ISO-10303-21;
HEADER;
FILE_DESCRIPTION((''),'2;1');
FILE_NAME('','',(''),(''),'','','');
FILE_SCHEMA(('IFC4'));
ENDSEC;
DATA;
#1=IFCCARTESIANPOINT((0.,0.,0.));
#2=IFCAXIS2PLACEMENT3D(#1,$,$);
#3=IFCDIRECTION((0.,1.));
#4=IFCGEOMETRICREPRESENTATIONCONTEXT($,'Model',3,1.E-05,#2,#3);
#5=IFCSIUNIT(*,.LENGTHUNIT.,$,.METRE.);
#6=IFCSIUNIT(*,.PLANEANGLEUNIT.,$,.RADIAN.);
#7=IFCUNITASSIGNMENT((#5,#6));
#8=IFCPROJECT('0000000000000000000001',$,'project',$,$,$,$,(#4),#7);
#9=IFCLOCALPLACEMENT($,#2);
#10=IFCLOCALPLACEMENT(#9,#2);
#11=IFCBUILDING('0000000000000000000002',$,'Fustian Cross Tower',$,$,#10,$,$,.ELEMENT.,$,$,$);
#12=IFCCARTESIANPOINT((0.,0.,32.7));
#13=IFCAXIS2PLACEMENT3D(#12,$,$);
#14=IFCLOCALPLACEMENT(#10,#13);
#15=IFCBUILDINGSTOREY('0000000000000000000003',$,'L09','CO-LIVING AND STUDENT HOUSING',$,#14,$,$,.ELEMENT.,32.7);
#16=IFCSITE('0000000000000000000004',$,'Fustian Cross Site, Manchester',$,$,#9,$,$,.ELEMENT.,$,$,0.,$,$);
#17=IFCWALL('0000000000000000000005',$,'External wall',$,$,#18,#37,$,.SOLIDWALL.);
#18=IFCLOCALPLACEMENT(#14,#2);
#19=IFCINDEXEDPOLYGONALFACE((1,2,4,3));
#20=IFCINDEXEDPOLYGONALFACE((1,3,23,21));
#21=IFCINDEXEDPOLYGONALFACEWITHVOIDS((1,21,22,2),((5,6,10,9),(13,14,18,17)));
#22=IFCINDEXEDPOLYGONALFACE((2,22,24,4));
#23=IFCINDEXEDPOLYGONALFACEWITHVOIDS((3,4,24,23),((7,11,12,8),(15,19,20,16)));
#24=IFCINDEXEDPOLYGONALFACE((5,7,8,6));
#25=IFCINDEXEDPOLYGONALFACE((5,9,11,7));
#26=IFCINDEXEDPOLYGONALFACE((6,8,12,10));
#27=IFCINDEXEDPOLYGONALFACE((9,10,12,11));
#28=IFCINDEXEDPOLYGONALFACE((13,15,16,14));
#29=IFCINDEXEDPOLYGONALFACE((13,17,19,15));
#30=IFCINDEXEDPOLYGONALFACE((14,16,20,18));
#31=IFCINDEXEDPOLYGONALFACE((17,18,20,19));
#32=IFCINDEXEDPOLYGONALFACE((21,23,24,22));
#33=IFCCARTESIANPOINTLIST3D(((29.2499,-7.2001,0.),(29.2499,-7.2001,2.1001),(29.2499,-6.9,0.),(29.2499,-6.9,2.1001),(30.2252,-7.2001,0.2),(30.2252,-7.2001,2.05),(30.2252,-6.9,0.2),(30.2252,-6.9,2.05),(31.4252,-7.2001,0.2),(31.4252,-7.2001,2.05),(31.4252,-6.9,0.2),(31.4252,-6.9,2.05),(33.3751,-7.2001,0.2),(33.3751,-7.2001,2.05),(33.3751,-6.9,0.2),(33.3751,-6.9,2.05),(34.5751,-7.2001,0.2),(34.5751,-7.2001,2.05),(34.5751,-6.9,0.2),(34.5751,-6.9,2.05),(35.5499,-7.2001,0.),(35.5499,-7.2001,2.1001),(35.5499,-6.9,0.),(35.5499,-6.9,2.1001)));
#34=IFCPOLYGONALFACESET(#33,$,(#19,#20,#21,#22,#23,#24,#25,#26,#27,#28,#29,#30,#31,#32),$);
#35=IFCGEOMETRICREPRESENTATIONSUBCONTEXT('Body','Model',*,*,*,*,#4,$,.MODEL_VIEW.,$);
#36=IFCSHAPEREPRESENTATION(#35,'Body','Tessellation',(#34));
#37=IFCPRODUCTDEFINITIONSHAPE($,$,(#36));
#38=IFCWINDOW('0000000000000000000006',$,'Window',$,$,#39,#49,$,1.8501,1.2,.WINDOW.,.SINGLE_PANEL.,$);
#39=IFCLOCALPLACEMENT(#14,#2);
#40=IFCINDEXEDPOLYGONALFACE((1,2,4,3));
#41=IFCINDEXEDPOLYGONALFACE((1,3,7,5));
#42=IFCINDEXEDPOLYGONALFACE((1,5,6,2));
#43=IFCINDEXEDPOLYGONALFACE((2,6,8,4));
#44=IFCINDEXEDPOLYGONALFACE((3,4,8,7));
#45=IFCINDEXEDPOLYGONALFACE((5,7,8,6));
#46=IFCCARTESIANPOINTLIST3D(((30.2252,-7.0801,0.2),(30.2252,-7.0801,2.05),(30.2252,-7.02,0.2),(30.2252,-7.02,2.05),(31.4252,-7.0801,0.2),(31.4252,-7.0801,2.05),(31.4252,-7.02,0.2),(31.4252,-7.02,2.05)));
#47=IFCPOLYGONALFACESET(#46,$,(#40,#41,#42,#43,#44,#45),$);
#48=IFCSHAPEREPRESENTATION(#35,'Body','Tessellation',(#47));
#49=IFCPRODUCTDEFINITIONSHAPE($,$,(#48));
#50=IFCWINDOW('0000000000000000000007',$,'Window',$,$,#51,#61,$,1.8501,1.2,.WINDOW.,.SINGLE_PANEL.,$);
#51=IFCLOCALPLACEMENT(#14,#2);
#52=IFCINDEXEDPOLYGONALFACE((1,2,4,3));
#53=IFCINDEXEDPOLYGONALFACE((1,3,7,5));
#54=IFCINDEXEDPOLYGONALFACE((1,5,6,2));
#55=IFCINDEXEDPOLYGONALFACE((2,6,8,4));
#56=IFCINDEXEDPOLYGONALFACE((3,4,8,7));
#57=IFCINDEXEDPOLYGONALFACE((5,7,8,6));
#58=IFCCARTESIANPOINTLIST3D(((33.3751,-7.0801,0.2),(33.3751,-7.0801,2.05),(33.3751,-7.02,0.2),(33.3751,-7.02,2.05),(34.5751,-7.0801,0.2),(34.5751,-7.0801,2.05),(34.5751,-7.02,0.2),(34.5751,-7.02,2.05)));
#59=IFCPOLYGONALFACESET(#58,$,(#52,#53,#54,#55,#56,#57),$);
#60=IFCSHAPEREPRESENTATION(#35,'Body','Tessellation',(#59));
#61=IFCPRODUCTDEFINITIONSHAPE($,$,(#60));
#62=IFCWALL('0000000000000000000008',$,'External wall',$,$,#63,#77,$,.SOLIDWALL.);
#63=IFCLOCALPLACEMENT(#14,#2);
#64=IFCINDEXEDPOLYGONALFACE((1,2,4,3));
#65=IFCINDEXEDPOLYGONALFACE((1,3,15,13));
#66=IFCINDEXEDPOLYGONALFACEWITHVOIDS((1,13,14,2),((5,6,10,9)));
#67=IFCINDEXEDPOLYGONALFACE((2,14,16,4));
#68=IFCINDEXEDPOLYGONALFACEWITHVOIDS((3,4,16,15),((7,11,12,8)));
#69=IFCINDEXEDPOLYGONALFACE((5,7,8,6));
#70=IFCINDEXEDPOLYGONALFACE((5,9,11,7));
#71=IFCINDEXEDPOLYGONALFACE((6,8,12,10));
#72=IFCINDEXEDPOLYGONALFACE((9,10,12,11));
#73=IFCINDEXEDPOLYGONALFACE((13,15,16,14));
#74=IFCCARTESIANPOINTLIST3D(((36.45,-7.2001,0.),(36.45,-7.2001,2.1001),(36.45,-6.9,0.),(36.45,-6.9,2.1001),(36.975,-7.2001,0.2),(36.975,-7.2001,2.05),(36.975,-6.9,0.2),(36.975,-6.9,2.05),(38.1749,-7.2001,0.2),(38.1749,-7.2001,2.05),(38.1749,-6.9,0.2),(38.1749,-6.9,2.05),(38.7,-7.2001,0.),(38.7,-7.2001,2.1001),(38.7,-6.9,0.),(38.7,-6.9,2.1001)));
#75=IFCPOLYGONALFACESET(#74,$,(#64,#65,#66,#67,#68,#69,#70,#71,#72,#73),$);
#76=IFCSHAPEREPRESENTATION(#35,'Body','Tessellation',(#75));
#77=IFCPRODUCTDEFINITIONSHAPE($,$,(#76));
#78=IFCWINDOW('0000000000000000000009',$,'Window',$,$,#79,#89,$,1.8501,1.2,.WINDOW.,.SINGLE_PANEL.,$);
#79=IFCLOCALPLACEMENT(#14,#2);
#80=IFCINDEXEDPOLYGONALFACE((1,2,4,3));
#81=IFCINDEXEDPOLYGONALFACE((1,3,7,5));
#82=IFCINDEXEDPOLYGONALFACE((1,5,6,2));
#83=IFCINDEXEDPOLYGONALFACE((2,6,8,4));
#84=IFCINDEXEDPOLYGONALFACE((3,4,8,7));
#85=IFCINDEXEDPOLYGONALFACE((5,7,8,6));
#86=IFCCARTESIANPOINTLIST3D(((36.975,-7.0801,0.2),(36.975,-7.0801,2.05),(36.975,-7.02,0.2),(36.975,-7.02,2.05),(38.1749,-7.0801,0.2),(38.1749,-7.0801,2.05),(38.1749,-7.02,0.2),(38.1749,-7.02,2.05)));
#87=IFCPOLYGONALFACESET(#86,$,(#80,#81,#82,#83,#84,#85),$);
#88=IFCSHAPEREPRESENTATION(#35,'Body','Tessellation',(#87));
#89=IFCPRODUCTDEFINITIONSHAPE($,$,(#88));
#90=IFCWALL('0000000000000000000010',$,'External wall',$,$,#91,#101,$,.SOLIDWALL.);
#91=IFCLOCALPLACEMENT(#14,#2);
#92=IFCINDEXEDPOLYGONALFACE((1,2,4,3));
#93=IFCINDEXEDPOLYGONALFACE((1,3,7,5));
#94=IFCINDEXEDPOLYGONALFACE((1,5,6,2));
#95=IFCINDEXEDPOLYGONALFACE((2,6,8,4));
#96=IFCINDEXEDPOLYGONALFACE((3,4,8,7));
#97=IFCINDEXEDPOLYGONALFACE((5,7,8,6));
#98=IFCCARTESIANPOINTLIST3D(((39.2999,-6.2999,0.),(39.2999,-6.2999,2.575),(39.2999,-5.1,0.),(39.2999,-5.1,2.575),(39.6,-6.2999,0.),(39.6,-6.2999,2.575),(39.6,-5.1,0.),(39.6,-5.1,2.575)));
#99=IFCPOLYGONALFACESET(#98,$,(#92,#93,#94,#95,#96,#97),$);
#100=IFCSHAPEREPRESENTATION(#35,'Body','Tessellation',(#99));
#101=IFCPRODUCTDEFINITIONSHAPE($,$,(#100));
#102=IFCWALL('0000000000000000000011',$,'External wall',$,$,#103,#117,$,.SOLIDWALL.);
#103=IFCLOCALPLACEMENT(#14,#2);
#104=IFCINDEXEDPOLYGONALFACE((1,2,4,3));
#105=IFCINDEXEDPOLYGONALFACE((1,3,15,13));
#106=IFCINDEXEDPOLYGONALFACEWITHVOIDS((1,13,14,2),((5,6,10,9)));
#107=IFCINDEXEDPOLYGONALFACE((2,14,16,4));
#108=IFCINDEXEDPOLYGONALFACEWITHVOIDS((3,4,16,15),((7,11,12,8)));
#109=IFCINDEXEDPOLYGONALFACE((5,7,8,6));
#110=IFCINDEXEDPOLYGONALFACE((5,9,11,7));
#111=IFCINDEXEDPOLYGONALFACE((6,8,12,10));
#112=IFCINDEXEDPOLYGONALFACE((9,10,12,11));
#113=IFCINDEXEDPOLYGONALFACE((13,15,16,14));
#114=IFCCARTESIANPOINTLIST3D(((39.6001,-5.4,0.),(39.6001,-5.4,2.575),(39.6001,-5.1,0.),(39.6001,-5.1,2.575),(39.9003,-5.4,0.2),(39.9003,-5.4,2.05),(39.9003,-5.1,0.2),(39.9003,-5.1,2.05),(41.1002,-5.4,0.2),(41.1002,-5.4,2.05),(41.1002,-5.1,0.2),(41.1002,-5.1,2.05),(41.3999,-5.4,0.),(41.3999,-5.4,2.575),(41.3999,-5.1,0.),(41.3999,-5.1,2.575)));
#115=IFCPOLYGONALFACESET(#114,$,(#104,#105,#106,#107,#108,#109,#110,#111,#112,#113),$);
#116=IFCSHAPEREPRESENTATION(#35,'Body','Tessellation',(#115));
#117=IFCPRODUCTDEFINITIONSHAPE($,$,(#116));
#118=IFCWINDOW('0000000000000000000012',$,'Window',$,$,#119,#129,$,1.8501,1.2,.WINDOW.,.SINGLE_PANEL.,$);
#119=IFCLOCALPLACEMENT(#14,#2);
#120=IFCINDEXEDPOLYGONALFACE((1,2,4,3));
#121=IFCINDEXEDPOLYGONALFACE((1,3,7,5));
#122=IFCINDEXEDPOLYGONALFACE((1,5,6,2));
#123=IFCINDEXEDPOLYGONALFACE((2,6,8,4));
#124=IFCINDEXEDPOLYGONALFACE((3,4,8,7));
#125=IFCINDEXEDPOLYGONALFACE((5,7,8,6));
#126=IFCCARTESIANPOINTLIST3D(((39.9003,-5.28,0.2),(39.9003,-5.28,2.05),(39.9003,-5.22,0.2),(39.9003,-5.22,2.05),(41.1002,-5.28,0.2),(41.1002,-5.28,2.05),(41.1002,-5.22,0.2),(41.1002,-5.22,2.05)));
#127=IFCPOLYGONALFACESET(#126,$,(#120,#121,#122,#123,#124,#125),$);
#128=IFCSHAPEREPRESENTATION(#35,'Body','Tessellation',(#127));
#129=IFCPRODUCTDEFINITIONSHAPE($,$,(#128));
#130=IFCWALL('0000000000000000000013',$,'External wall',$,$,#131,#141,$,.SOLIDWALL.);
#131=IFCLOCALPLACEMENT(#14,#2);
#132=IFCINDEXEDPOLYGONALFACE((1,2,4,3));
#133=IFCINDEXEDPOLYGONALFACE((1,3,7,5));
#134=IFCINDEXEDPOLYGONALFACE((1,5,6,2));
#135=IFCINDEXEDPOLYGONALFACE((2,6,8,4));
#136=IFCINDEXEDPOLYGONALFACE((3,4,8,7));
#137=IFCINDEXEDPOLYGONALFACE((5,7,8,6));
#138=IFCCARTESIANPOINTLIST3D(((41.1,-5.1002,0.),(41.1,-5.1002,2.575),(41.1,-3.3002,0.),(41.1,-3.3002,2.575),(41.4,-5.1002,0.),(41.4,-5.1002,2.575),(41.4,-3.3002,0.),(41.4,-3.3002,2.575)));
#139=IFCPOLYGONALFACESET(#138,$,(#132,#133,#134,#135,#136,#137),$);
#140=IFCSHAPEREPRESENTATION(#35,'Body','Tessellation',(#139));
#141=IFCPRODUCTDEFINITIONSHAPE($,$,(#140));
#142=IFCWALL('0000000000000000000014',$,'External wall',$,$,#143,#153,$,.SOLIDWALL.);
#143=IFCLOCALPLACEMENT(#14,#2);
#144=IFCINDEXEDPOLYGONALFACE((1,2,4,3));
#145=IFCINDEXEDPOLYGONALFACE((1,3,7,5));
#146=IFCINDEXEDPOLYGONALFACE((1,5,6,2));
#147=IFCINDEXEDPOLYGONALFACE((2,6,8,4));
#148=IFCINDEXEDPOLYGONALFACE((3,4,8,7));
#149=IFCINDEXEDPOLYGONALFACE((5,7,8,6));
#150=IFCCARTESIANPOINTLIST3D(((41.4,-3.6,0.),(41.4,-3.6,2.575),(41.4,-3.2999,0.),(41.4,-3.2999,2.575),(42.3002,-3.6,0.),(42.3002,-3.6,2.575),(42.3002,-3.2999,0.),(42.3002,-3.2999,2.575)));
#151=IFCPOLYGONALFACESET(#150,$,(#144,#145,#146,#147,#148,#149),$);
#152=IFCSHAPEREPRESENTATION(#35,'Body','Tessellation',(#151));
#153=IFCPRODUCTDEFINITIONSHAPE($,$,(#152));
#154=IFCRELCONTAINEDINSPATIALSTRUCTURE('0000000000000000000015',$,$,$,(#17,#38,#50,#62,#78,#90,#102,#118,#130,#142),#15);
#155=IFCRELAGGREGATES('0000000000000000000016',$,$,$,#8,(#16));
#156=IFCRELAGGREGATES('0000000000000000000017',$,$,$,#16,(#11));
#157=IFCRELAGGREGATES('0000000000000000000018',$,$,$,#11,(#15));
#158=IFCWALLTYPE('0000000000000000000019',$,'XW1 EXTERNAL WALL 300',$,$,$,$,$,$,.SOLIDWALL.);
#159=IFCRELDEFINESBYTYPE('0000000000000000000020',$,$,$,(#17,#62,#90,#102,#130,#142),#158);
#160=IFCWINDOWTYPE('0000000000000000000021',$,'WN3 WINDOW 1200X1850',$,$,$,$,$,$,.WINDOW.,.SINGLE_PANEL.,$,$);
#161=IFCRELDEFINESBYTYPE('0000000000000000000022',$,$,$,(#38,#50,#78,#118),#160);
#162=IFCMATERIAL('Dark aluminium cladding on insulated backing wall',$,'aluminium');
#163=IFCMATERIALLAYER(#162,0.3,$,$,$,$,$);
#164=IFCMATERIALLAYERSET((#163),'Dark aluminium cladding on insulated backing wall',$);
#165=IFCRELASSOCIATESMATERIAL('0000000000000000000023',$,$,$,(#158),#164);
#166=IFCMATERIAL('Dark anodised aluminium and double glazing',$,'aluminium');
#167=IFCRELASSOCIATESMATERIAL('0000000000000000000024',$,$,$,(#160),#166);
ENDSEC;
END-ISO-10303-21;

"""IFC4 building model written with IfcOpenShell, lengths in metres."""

from ifc_helpers import new_model, si_unit, direction, frame, frame_2d, origin, place, context, subcontext, project, spatial, rectangle, extrude, material, layer, layer_set, type_object, element, fill, save


model = new_model("IFC4")

# Units and contexts
model_context = context("Model", 3, precision=1e-05, world=origin(), true_north=direction((0.0, 1.0)))
body_context = subcontext(model_context, "Body", "Model", "MODEL_VIEW")
ifc_project = project(units=[si_unit("LENGTHUNIT", "METRE"), si_unit("PLANEANGLEUNIT", "RADIAN")], contexts=[model_context])

# Site, building, storey
site_placement = place(None, origin())
site = spatial("IfcSite", under=ifc_project, at=site_placement, Name="Fustian Cross Site, Manchester", CompositionType="ELEMENT", RefElevation=0.0)
building_placement = place(site_placement, origin())
building = spatial("IfcBuilding", under=site, at=building_placement, Name="Fustian Cross Tower", CompositionType="ELEMENT")
storey_placement = place(building_placement, frame((0.0, 0.0, 32.7)))
storey = spatial("IfcBuildingStorey", under=building, at=storey_placement, Name="L09", Description="CO-LIVING AND STUDENT HOUSING", CompositionType="ELEMENT", Elevation=32.7)

# Wall, openings, windows
ifc_material_1 = material(Name="Dark aluminium cladding on insulated backing wall", Category="aluminium")
ifc_layer_1 = layer(ifc_material_1, 0.3)
ifc_layer_set_1 = layer_set([ifc_layer_1], Name="Dark aluminium cladding on insulated backing wall")
wall_type_1 = type_object("IfcWallType", Name="XW1 EXTERNAL WALL 300", PredefinedType="SOLIDWALL", material=ifc_layer_set_1)
wall_1_placement = place(storey_placement, frame((29.25, -7.05, 0.0), z_axis=(0.0, 0.0, 1.0), x_axis=(1.0, 0.0, 0.0)))
wall_1 = element("IfcWall", 1, at=wall_1_placement, inside=storey, type_object=wall_type_1, Name="External wall", PredefinedType="SOLIDWALL", context=body_context, shape_type="SweptSolid", body=[
    extrude(rectangle(XDim=6.3, YDim=0.3, at=frame_2d((3.1499, 0.0))), origin(), (0.0, 0.0, 1.0), 2.1001),
])
opening_1_placement = place(wall_1_placement, frame((0.9751, 0.0, 0.2)))
opening_1 = element("IfcOpeningElement", 2, at=opening_1_placement, cuts=wall_1, PredefinedType="OPENING", context=body_context, shape_type="SweptSolid", body=[
    extrude(rectangle(XDim=1.2, YDim=1.8501, at=frame_2d((0.6001, 0.925))), frame((0.0, 0.1599, 0.0), z_axis=(0.0, -1.0, 0.0), x_axis=(1.0, 0.0, 0.0)), (0.0, 0.0, 1.0), 0.3201),
])
opening_2_placement = place(wall_1_placement, frame((4.125, 0.0, 0.2)))
opening_2 = element("IfcOpeningElement", 3, at=opening_2_placement, cuts=wall_1, PredefinedType="OPENING", context=body_context, shape_type="SweptSolid", body=[
    extrude(rectangle(XDim=1.2, YDim=1.8501, at=frame_2d((0.6001, 0.925))), frame((0.0, 0.1599, 0.0), z_axis=(0.0, -1.0, 0.0), x_axis=(1.0, 0.0, 0.0)), (0.0, 0.0, 1.0), 0.3201),
])
ifc_material_2 = material(Name="Dark anodised aluminium and double glazing", Category="aluminium")
window_type_1 = type_object("IfcWindowType", Name="WN3 WINDOW 1200X1850", PartitioningType="SINGLE_PANEL", PredefinedType="WINDOW", material=ifc_material_2)
window_1_placement = place(opening_1_placement, origin())
window_1 = element("IfcWindow", 4, at=window_1_placement, inside=storey, type_object=window_type_1, Name="Window", OverallHeight=1.8501, OverallWidth=1.2, PartitioningType="SINGLE_PANEL", PredefinedType="WINDOW", context=body_context, shape_type="SweptSolid", body=[
    extrude(rectangle(XDim=1.2, YDim=1.8501, at=frame_2d((0.6001, 0.925))), frame((0.0, 0.03, 0.0), z_axis=(0.0, -1.0, 0.0), x_axis=(1.0, 0.0, 0.0)), (0.0, 0.0, 1.0), 0.0601),
])
fill(opening_1, window_1)
window_2_placement = place(opening_2_placement, origin())
window_2 = element("IfcWindow", 5, at=window_2_placement, inside=storey, type_object=window_type_1, Name="Window", OverallHeight=1.8501, OverallWidth=1.2, PartitioningType="SINGLE_PANEL", PredefinedType="WINDOW", context=body_context, shape_type="SweptSolid", body=[
    extrude(rectangle(XDim=1.2, YDim=1.8501, at=frame_2d((0.6001, 0.925))), frame((0.0, 0.03, 0.0), z_axis=(0.0, -1.0, 0.0), x_axis=(1.0, 0.0, 0.0)), (0.0, 0.0, 1.0), 0.0601),
])
fill(opening_2, window_2)

# Wall, opening, window
wall_2_placement = place(storey_placement, frame((36.45, -7.05, 0.0), z_axis=(0.0, 0.0, 1.0), x_axis=(1.0, 0.0, 0.0)))
wall_2 = element("IfcWall", 6, at=wall_2_placement, inside=storey, type_object=wall_type_1, Name="External wall", PredefinedType="SOLIDWALL", context=body_context, shape_type="SweptSolid", body=[
    extrude(rectangle(XDim=2.25, YDim=0.3, at=frame_2d((1.125, 0.0))), origin(), (0.0, 0.0, 1.0), 2.1001),
])
opening_3_placement = place(wall_2_placement, frame((0.5249, 0.0, 0.2)))
opening_3 = element("IfcOpeningElement", 7, at=opening_3_placement, cuts=wall_2, PredefinedType="OPENING", context=body_context, shape_type="SweptSolid", body=[
    extrude(rectangle(XDim=1.2, YDim=1.8501, at=frame_2d((0.6001, 0.925))), frame((0.0, 0.1599, 0.0), z_axis=(0.0, -1.0, 0.0), x_axis=(1.0, 0.0, 0.0)), (0.0, 0.0, 1.0), 0.3201),
])
window_3_placement = place(opening_3_placement, origin())
window_3 = element("IfcWindow", 8, at=window_3_placement, inside=storey, type_object=window_type_1, Name="Window", OverallHeight=1.8501, OverallWidth=1.2, PartitioningType="SINGLE_PANEL", PredefinedType="WINDOW", context=body_context, shape_type="SweptSolid", body=[
    extrude(rectangle(XDim=1.2, YDim=1.8501, at=frame_2d((0.6001, 0.925))), frame((0.0, 0.03, 0.0), z_axis=(0.0, -1.0, 0.0), x_axis=(1.0, 0.0, 0.0)), (0.0, 0.0, 1.0), 0.0601),
])
fill(opening_3, window_3)

# Wall
wall_3_placement = place(storey_placement, frame((39.45, -6.3, 0.0), z_axis=(0.0, 0.0, 1.0), x_axis=(0.0, 1.0, 0.0)))
element("IfcWall", 9, at=wall_3_placement, inside=storey, type_object=wall_type_1, Name="External wall", PredefinedType="SOLIDWALL", context=body_context, shape_type="SweptSolid", body=[
    extrude(rectangle(XDim=1.2, YDim=0.3, at=frame_2d((0.6001, 0.0))), origin(), (0.0, 0.0, 1.0), 2.575),
])

# Wall, opening, window
wall_4_placement = place(storey_placement, frame((39.6001, -5.25, 0.0), z_axis=(0.0, 0.0, 1.0), x_axis=(1.0, 0.0, 0.0)))
wall_4 = element("IfcWall", 10, at=wall_4_placement, inside=storey, type_object=wall_type_1, Name="External wall", PredefinedType="SOLIDWALL", context=body_context, shape_type="SweptSolid", body=[
    extrude(rectangle(XDim=1.7998, YDim=0.3, at=frame_2d((0.8999, 0.0))), origin(), (0.0, 0.0, 1.0), 2.575),
])
opening_4_placement = place(wall_4_placement, frame((0.3, 0.0, 0.2)))
opening_4 = element("IfcOpeningElement", 11, at=opening_4_placement, cuts=wall_4, PredefinedType="OPENING", context=body_context, shape_type="SweptSolid", body=[
    extrude(rectangle(XDim=1.2, YDim=1.8501, at=frame_2d((0.6001, 0.925))), frame((0.0, 0.1599, 0.0), z_axis=(0.0, -1.0, 0.0), x_axis=(1.0, 0.0, 0.0)), (0.0, 0.0, 1.0), 0.3201),
])
window_4_placement = place(opening_4_placement, origin())
window_4 = element("IfcWindow", 12, at=window_4_placement, inside=storey, type_object=window_type_1, Name="Window", OverallHeight=1.8501, OverallWidth=1.2, PartitioningType="SINGLE_PANEL", PredefinedType="WINDOW", context=body_context, shape_type="SweptSolid", body=[
    extrude(rectangle(XDim=1.2, YDim=1.8501, at=frame_2d((0.6001, 0.925))), frame((0.0, 0.03, 0.0), z_axis=(0.0, -1.0, 0.0), x_axis=(1.0, 0.0, 0.0)), (0.0, 0.0, 1.0), 0.0601),
])
fill(opening_4, window_4)

# Walls
wall_5_placement = place(storey_placement, frame((41.25, -5.1001, 0.0), z_axis=(0.0, 0.0, 1.0), x_axis=(0.0, 1.0, 0.0)))
element("IfcWall", 13, at=wall_5_placement, inside=storey, type_object=wall_type_1, Name="External wall", PredefinedType="SOLIDWALL", context=body_context, shape_type="SweptSolid", body=[
    extrude(rectangle(XDim=1.8, YDim=0.3, at=frame_2d((0.8999, 0.0))), origin(), (0.0, 0.0, 1.0), 2.575),
])
wall_6_placement = place(storey_placement, frame((41.3999, -3.45, 0.0), z_axis=(0.0, 0.0, 1.0), x_axis=(1.0, 0.0, 0.0)))
element("IfcWall", 14, at=wall_6_placement, inside=storey, type_object=wall_type_1, Name="External wall", PredefinedType="SOLIDWALL", context=body_context, shape_type="SweptSolid", body=[
    extrude(rectangle(XDim=0.9001, YDim=0.3, at=frame_2d((0.4502, 0.0))), origin(), (0.0, 0.0, 1.0), 2.575),
])

save(model, "model.ifc")
